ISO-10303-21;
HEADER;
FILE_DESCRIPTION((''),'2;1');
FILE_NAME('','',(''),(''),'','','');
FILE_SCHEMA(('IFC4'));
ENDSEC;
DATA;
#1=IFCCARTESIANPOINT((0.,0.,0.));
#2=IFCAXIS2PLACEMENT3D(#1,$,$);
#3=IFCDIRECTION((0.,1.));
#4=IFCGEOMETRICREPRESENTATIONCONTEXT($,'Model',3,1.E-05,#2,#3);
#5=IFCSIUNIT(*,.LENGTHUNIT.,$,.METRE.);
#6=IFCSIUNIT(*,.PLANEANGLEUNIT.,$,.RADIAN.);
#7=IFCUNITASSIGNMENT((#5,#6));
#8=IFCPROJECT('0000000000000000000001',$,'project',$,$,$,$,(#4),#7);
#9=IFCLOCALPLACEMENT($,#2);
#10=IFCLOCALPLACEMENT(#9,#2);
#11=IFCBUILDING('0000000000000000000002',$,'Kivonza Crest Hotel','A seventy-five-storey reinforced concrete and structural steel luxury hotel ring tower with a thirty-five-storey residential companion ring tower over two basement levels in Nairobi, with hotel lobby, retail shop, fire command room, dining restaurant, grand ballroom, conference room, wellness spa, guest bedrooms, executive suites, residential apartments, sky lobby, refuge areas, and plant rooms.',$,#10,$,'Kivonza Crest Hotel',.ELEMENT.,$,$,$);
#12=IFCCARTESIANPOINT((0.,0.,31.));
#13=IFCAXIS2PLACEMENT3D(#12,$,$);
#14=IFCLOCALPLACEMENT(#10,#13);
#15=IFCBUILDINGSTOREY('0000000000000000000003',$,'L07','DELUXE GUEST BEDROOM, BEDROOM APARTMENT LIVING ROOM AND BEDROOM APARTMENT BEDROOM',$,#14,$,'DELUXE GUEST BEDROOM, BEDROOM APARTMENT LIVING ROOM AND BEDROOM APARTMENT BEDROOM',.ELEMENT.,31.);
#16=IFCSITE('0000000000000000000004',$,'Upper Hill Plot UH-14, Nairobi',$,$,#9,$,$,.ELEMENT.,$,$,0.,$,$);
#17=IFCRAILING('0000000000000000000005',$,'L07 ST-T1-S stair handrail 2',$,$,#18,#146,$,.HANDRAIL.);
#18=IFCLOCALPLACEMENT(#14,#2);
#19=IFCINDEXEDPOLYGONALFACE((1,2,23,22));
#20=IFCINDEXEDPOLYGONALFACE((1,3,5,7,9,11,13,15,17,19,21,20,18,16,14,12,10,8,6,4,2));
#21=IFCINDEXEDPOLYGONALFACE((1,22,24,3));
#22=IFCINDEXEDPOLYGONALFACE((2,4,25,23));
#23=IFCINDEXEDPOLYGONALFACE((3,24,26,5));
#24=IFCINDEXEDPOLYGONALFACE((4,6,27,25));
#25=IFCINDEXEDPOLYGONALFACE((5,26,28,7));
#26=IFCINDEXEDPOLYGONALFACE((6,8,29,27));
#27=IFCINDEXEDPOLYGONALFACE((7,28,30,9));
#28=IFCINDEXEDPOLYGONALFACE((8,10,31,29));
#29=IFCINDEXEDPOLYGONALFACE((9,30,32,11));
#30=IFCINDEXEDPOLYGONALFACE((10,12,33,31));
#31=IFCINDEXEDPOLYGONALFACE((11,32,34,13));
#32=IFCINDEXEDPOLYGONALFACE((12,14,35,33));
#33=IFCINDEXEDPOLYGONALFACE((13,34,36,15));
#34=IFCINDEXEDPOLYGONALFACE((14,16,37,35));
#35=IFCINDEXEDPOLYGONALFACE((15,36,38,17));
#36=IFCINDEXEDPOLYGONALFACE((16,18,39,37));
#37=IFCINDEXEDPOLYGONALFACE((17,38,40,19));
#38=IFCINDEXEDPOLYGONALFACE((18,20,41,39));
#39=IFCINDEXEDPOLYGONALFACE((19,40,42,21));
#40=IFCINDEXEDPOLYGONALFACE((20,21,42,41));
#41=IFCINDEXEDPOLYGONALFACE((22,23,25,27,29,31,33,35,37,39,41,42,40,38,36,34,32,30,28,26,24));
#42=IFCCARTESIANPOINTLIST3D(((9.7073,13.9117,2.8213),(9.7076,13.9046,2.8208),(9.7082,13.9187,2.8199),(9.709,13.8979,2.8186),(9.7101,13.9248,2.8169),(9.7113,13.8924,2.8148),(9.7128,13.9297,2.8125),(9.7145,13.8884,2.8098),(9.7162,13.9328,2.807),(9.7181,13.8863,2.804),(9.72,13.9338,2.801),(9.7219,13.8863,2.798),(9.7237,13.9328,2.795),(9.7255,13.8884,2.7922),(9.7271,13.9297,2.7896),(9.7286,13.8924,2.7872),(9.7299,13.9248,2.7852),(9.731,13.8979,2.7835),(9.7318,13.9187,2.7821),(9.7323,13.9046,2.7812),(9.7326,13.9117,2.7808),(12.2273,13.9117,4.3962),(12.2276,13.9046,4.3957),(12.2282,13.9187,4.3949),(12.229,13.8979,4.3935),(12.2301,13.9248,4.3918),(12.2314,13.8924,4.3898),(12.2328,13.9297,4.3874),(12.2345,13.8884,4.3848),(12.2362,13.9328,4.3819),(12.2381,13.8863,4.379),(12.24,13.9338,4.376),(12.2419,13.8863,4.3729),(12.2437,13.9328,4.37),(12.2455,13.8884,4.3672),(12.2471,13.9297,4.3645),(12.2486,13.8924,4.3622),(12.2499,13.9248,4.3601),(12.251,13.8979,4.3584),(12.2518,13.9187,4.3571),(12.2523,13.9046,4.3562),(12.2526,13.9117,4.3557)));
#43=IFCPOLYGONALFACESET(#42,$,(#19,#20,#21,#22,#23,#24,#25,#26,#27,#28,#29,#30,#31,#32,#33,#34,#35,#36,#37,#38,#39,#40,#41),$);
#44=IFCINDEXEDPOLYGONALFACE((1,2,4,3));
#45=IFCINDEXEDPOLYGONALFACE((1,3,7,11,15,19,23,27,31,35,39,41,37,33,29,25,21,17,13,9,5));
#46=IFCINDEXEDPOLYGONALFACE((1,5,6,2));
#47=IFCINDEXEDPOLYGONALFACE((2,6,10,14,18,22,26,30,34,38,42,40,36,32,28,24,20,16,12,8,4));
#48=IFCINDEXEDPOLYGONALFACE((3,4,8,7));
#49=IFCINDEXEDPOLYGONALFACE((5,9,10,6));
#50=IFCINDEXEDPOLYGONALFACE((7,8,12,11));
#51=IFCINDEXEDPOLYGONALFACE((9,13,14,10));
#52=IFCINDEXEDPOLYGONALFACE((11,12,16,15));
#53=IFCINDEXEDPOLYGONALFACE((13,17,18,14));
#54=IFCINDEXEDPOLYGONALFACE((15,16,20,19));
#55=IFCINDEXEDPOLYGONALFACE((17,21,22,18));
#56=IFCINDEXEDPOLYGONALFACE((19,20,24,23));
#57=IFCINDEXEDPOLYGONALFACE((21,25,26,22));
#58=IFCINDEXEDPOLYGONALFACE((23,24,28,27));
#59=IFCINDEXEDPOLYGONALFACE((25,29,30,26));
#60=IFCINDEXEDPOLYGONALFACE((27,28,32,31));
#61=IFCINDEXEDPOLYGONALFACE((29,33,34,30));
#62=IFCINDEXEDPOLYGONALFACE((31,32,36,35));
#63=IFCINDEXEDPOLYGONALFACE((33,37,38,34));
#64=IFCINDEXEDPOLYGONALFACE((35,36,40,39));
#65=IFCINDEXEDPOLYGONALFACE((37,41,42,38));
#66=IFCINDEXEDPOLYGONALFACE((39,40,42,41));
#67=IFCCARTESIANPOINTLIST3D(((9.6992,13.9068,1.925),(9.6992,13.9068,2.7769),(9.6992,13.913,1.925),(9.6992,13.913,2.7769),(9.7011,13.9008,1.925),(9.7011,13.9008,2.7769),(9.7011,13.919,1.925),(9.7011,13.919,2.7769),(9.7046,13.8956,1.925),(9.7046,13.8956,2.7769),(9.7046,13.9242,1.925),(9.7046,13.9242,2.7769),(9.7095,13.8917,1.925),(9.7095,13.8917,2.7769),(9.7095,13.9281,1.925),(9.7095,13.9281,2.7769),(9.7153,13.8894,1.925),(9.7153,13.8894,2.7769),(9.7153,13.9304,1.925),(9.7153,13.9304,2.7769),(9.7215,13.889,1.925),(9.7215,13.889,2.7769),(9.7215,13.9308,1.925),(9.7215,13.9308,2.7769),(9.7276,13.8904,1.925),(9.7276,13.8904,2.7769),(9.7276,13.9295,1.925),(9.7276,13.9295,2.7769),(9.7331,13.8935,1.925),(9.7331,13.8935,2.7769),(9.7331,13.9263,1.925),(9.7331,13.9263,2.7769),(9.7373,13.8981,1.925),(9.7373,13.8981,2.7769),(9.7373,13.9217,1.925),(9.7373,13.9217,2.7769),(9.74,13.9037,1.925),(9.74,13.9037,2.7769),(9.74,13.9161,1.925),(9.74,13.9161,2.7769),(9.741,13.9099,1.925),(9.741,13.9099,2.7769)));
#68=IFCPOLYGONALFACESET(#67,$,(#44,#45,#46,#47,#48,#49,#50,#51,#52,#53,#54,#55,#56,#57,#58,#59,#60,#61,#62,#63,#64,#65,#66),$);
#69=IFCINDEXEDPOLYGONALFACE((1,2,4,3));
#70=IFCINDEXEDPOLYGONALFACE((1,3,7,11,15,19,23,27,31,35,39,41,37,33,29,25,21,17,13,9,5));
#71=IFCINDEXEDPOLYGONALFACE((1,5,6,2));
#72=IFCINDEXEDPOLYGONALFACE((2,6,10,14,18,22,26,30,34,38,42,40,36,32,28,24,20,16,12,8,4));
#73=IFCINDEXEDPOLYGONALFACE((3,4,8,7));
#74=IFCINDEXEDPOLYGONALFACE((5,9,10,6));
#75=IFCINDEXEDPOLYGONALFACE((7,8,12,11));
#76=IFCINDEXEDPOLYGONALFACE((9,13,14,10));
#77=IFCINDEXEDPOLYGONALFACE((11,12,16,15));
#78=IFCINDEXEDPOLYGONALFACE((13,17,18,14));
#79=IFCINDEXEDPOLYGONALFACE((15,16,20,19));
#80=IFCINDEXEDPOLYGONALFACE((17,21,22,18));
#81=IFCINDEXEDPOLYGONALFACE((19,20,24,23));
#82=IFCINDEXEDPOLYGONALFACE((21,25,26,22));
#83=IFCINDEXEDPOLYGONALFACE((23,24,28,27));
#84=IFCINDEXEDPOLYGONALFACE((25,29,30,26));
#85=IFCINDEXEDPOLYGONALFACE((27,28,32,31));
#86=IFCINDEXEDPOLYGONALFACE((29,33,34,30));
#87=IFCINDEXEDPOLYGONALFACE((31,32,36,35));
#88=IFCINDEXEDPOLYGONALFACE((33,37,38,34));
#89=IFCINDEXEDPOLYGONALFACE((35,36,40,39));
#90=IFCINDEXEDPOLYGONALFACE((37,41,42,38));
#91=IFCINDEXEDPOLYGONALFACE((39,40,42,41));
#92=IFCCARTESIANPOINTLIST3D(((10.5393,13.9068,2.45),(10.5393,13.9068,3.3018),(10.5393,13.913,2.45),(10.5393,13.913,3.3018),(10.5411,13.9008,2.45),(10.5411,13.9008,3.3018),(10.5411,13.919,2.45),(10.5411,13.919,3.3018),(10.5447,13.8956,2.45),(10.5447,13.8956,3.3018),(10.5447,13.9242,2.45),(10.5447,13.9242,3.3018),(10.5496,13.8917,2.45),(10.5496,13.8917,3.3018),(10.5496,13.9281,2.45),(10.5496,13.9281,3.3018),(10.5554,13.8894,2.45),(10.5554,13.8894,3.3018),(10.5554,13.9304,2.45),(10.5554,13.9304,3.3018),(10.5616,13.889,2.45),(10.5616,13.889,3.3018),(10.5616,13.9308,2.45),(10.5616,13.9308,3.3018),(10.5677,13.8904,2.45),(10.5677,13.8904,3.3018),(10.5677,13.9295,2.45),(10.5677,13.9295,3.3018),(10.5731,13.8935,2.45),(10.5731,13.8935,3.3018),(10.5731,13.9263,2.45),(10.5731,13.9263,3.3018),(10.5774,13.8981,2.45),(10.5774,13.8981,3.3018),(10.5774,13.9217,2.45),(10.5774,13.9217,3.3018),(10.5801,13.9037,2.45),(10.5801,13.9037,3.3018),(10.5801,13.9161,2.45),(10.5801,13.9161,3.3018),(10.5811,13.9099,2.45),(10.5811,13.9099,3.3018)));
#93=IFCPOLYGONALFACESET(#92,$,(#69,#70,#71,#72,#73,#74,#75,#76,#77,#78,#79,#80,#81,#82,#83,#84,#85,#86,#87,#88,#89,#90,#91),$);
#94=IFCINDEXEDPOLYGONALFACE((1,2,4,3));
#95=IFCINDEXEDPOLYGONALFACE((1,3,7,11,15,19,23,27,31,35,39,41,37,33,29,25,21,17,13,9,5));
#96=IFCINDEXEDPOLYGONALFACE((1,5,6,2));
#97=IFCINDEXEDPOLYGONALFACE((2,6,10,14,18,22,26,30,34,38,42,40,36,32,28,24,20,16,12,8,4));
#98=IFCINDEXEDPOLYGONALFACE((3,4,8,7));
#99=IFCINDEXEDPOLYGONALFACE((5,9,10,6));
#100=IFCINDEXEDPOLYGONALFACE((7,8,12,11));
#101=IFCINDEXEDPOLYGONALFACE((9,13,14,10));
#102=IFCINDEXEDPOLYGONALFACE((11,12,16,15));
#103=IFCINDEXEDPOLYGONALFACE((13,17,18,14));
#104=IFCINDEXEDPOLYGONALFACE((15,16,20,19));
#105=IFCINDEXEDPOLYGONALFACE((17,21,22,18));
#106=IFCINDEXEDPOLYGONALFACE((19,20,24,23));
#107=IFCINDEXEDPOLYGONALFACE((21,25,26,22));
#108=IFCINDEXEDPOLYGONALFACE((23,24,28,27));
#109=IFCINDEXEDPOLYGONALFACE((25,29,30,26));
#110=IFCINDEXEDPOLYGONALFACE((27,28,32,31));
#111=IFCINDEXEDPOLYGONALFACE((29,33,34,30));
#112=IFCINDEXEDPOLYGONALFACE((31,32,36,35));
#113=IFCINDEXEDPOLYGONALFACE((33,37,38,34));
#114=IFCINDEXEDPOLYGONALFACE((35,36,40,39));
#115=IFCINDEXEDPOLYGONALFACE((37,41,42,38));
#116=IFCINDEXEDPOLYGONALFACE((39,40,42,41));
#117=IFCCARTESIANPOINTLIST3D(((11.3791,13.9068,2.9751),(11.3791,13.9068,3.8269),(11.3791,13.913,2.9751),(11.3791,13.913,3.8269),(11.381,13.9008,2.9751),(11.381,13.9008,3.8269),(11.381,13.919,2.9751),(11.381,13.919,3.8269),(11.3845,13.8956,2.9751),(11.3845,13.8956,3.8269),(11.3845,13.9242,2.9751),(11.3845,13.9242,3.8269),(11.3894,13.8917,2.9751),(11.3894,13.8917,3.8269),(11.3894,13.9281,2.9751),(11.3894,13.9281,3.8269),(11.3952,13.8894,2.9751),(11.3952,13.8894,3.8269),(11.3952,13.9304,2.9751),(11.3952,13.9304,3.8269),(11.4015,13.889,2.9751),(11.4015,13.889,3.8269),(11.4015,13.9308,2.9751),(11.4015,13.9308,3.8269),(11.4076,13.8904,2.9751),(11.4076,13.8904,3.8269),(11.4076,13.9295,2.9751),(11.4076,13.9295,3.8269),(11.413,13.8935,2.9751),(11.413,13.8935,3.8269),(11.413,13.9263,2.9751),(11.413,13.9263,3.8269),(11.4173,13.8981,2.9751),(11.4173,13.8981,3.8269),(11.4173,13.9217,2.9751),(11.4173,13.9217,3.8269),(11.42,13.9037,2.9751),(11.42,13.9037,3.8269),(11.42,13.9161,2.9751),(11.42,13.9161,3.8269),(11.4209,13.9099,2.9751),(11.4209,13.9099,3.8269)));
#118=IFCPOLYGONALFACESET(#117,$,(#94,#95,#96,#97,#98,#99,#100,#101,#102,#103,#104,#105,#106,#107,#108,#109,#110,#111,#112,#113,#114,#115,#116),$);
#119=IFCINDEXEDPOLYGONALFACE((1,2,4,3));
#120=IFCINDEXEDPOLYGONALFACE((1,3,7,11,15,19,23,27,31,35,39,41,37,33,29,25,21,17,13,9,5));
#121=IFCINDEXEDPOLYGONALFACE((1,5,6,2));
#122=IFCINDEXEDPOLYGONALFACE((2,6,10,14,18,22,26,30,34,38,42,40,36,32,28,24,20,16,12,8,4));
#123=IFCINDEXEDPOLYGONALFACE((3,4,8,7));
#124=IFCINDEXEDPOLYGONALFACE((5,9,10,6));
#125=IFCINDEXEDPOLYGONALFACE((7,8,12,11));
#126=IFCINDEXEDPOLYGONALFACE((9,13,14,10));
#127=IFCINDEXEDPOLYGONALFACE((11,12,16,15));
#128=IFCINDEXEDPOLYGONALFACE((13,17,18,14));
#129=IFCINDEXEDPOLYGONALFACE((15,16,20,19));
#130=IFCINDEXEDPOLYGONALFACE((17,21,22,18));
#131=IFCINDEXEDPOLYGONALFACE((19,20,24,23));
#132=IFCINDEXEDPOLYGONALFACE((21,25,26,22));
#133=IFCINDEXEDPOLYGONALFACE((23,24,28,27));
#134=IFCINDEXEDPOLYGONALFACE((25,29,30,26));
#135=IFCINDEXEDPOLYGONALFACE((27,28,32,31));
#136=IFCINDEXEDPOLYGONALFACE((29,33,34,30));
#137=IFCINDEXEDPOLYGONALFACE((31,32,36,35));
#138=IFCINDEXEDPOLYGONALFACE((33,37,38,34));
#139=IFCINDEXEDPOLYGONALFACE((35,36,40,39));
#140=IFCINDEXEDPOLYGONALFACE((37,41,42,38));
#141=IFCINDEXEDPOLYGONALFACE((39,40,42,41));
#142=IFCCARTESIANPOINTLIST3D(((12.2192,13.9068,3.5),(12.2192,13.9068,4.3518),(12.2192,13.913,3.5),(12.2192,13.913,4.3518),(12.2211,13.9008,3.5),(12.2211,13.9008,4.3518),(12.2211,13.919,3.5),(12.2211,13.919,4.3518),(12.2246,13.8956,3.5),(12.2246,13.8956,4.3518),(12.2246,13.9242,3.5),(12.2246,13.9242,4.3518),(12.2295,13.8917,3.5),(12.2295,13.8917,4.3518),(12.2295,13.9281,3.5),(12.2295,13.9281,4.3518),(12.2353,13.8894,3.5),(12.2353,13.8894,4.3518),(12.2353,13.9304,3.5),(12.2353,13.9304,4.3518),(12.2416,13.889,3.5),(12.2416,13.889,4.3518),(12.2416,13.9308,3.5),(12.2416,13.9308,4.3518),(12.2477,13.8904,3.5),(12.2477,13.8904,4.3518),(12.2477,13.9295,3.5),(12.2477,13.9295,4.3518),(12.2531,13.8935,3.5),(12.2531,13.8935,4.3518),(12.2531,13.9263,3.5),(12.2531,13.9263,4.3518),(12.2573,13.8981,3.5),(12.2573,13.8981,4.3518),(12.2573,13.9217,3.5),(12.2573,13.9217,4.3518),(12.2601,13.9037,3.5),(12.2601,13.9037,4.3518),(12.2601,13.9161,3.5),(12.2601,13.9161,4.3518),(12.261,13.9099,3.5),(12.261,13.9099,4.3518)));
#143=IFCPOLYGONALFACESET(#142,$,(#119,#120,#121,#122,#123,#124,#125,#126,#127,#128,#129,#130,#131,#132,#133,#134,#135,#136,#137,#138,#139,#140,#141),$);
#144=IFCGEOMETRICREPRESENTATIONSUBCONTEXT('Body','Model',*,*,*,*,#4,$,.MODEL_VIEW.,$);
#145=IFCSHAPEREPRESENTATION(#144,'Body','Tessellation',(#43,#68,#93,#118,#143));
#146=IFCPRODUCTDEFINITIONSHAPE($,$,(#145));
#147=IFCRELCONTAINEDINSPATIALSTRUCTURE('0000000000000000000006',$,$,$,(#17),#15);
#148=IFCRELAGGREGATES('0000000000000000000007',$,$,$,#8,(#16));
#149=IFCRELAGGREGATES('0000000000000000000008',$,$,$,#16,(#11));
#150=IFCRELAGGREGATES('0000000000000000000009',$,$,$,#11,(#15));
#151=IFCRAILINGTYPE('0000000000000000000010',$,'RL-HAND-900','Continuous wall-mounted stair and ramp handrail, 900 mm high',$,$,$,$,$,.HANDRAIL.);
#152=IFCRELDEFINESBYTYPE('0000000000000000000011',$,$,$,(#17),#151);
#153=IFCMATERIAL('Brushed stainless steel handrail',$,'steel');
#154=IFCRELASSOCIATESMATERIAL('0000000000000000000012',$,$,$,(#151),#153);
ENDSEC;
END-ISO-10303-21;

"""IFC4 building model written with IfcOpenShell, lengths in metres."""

from ifc_helpers import new_model, si_unit, direction, frame, origin, origin_2d, place, context, subcontext, project, spatial, circle, extrude, material, type_object, element, save


model = new_model("IFC4")

# Units and contexts
model_context = context("Model", 3, precision=1e-05, world=origin(), true_north=direction((0.0, 1.0)))
body_context = subcontext(model_context, "Body", "Model", "MODEL_VIEW")
ifc_project = project(units=[si_unit("LENGTHUNIT", "METRE"), si_unit("PLANEANGLEUNIT", "RADIAN")], contexts=[model_context])

# Site, building, storey
site_placement = place(None, origin())
site = spatial("IfcSite", under=ifc_project, at=site_placement, Name="Upper Hill Plot UH-14, Nairobi", CompositionType="ELEMENT", RefElevation=0.0)
building_placement = place(site_placement, origin())
building = spatial("IfcBuilding", under=site, at=building_placement, Name="Kivonza Crest Hotel", Description="A seventy-five-storey reinforced concrete and structural steel luxury hotel ring tower with a thirty-five-storey residential companion ring tower over two basement levels in Nairobi, with hotel lobby, retail shop, fire command room, dining restaurant, grand ballroom, conference room, wellness spa, guest bedrooms, executive suites, residential apartments, sky lobby, refuge areas, and plant rooms.", LongName="Kivonza Crest Hotel", CompositionType="ELEMENT")
storey_placement = place(building_placement, frame((0.0, 0.0, 31.0)))
storey = spatial("IfcBuildingStorey", under=building, at=storey_placement, Name="L07", Description="DELUXE GUEST BEDROOM, BEDROOM APARTMENT LIVING ROOM AND BEDROOM APARTMENT BEDROOM", LongName="DELUXE GUEST BEDROOM, BEDROOM APARTMENT LIVING ROOM AND BEDROOM APARTMENT BEDROOM", CompositionType="ELEMENT", Elevation=31.0)

# Railing
ifc_material_1 = material(Name="Brushed stainless steel handrail", Category="steel")
railing_type_1 = type_object("IfcRailingType", Name="RL-HAND-900", Description="Continuous wall-mounted stair and ramp handrail, 900 mm high", PredefinedType="HANDRAIL", material=ifc_material_1)
railing_1_placement = place(storey_placement, frame((9.72, 13.9099, 1.925)))
element("IfcRailing", 1, at=railing_1_placement, inside=storey, type_object=railing_type_1, Name="L07 ST-T1-S stair handrail 2", PredefinedType="HANDRAIL", context=body_context, shape_type="SweptSolid", body=[
    extrude(circle(Radius=0.0239, at=origin_2d()), frame((0.0, 0.0, 0.876), z_axis=(0.848008, 0.0, 0.529984), x_axis=(0.0, 1.0, 0.0)), (0.0, 0.0, 1.0), 2.9717),
    extrude(circle(Radius=0.021, at=origin_2d()), origin(), (0.0, 0.0, 1.0), 0.8518),
    extrude(circle(Radius=0.021, at=origin_2d()), frame((0.8401, 0.0, 0.5249)), (0.0, 0.0, 1.0), 0.8518),
    extrude(circle(Radius=0.021, at=origin_2d()), frame((1.6799, 0.0, 1.05)), (0.0, 0.0, 1.0), 0.8518),
    extrude(circle(Radius=0.021, at=origin_2d()), frame((2.52, 0.0, 1.575)), (0.0, 0.0, 1.0), 0.8518),
])

save(model, "model.ifc")
